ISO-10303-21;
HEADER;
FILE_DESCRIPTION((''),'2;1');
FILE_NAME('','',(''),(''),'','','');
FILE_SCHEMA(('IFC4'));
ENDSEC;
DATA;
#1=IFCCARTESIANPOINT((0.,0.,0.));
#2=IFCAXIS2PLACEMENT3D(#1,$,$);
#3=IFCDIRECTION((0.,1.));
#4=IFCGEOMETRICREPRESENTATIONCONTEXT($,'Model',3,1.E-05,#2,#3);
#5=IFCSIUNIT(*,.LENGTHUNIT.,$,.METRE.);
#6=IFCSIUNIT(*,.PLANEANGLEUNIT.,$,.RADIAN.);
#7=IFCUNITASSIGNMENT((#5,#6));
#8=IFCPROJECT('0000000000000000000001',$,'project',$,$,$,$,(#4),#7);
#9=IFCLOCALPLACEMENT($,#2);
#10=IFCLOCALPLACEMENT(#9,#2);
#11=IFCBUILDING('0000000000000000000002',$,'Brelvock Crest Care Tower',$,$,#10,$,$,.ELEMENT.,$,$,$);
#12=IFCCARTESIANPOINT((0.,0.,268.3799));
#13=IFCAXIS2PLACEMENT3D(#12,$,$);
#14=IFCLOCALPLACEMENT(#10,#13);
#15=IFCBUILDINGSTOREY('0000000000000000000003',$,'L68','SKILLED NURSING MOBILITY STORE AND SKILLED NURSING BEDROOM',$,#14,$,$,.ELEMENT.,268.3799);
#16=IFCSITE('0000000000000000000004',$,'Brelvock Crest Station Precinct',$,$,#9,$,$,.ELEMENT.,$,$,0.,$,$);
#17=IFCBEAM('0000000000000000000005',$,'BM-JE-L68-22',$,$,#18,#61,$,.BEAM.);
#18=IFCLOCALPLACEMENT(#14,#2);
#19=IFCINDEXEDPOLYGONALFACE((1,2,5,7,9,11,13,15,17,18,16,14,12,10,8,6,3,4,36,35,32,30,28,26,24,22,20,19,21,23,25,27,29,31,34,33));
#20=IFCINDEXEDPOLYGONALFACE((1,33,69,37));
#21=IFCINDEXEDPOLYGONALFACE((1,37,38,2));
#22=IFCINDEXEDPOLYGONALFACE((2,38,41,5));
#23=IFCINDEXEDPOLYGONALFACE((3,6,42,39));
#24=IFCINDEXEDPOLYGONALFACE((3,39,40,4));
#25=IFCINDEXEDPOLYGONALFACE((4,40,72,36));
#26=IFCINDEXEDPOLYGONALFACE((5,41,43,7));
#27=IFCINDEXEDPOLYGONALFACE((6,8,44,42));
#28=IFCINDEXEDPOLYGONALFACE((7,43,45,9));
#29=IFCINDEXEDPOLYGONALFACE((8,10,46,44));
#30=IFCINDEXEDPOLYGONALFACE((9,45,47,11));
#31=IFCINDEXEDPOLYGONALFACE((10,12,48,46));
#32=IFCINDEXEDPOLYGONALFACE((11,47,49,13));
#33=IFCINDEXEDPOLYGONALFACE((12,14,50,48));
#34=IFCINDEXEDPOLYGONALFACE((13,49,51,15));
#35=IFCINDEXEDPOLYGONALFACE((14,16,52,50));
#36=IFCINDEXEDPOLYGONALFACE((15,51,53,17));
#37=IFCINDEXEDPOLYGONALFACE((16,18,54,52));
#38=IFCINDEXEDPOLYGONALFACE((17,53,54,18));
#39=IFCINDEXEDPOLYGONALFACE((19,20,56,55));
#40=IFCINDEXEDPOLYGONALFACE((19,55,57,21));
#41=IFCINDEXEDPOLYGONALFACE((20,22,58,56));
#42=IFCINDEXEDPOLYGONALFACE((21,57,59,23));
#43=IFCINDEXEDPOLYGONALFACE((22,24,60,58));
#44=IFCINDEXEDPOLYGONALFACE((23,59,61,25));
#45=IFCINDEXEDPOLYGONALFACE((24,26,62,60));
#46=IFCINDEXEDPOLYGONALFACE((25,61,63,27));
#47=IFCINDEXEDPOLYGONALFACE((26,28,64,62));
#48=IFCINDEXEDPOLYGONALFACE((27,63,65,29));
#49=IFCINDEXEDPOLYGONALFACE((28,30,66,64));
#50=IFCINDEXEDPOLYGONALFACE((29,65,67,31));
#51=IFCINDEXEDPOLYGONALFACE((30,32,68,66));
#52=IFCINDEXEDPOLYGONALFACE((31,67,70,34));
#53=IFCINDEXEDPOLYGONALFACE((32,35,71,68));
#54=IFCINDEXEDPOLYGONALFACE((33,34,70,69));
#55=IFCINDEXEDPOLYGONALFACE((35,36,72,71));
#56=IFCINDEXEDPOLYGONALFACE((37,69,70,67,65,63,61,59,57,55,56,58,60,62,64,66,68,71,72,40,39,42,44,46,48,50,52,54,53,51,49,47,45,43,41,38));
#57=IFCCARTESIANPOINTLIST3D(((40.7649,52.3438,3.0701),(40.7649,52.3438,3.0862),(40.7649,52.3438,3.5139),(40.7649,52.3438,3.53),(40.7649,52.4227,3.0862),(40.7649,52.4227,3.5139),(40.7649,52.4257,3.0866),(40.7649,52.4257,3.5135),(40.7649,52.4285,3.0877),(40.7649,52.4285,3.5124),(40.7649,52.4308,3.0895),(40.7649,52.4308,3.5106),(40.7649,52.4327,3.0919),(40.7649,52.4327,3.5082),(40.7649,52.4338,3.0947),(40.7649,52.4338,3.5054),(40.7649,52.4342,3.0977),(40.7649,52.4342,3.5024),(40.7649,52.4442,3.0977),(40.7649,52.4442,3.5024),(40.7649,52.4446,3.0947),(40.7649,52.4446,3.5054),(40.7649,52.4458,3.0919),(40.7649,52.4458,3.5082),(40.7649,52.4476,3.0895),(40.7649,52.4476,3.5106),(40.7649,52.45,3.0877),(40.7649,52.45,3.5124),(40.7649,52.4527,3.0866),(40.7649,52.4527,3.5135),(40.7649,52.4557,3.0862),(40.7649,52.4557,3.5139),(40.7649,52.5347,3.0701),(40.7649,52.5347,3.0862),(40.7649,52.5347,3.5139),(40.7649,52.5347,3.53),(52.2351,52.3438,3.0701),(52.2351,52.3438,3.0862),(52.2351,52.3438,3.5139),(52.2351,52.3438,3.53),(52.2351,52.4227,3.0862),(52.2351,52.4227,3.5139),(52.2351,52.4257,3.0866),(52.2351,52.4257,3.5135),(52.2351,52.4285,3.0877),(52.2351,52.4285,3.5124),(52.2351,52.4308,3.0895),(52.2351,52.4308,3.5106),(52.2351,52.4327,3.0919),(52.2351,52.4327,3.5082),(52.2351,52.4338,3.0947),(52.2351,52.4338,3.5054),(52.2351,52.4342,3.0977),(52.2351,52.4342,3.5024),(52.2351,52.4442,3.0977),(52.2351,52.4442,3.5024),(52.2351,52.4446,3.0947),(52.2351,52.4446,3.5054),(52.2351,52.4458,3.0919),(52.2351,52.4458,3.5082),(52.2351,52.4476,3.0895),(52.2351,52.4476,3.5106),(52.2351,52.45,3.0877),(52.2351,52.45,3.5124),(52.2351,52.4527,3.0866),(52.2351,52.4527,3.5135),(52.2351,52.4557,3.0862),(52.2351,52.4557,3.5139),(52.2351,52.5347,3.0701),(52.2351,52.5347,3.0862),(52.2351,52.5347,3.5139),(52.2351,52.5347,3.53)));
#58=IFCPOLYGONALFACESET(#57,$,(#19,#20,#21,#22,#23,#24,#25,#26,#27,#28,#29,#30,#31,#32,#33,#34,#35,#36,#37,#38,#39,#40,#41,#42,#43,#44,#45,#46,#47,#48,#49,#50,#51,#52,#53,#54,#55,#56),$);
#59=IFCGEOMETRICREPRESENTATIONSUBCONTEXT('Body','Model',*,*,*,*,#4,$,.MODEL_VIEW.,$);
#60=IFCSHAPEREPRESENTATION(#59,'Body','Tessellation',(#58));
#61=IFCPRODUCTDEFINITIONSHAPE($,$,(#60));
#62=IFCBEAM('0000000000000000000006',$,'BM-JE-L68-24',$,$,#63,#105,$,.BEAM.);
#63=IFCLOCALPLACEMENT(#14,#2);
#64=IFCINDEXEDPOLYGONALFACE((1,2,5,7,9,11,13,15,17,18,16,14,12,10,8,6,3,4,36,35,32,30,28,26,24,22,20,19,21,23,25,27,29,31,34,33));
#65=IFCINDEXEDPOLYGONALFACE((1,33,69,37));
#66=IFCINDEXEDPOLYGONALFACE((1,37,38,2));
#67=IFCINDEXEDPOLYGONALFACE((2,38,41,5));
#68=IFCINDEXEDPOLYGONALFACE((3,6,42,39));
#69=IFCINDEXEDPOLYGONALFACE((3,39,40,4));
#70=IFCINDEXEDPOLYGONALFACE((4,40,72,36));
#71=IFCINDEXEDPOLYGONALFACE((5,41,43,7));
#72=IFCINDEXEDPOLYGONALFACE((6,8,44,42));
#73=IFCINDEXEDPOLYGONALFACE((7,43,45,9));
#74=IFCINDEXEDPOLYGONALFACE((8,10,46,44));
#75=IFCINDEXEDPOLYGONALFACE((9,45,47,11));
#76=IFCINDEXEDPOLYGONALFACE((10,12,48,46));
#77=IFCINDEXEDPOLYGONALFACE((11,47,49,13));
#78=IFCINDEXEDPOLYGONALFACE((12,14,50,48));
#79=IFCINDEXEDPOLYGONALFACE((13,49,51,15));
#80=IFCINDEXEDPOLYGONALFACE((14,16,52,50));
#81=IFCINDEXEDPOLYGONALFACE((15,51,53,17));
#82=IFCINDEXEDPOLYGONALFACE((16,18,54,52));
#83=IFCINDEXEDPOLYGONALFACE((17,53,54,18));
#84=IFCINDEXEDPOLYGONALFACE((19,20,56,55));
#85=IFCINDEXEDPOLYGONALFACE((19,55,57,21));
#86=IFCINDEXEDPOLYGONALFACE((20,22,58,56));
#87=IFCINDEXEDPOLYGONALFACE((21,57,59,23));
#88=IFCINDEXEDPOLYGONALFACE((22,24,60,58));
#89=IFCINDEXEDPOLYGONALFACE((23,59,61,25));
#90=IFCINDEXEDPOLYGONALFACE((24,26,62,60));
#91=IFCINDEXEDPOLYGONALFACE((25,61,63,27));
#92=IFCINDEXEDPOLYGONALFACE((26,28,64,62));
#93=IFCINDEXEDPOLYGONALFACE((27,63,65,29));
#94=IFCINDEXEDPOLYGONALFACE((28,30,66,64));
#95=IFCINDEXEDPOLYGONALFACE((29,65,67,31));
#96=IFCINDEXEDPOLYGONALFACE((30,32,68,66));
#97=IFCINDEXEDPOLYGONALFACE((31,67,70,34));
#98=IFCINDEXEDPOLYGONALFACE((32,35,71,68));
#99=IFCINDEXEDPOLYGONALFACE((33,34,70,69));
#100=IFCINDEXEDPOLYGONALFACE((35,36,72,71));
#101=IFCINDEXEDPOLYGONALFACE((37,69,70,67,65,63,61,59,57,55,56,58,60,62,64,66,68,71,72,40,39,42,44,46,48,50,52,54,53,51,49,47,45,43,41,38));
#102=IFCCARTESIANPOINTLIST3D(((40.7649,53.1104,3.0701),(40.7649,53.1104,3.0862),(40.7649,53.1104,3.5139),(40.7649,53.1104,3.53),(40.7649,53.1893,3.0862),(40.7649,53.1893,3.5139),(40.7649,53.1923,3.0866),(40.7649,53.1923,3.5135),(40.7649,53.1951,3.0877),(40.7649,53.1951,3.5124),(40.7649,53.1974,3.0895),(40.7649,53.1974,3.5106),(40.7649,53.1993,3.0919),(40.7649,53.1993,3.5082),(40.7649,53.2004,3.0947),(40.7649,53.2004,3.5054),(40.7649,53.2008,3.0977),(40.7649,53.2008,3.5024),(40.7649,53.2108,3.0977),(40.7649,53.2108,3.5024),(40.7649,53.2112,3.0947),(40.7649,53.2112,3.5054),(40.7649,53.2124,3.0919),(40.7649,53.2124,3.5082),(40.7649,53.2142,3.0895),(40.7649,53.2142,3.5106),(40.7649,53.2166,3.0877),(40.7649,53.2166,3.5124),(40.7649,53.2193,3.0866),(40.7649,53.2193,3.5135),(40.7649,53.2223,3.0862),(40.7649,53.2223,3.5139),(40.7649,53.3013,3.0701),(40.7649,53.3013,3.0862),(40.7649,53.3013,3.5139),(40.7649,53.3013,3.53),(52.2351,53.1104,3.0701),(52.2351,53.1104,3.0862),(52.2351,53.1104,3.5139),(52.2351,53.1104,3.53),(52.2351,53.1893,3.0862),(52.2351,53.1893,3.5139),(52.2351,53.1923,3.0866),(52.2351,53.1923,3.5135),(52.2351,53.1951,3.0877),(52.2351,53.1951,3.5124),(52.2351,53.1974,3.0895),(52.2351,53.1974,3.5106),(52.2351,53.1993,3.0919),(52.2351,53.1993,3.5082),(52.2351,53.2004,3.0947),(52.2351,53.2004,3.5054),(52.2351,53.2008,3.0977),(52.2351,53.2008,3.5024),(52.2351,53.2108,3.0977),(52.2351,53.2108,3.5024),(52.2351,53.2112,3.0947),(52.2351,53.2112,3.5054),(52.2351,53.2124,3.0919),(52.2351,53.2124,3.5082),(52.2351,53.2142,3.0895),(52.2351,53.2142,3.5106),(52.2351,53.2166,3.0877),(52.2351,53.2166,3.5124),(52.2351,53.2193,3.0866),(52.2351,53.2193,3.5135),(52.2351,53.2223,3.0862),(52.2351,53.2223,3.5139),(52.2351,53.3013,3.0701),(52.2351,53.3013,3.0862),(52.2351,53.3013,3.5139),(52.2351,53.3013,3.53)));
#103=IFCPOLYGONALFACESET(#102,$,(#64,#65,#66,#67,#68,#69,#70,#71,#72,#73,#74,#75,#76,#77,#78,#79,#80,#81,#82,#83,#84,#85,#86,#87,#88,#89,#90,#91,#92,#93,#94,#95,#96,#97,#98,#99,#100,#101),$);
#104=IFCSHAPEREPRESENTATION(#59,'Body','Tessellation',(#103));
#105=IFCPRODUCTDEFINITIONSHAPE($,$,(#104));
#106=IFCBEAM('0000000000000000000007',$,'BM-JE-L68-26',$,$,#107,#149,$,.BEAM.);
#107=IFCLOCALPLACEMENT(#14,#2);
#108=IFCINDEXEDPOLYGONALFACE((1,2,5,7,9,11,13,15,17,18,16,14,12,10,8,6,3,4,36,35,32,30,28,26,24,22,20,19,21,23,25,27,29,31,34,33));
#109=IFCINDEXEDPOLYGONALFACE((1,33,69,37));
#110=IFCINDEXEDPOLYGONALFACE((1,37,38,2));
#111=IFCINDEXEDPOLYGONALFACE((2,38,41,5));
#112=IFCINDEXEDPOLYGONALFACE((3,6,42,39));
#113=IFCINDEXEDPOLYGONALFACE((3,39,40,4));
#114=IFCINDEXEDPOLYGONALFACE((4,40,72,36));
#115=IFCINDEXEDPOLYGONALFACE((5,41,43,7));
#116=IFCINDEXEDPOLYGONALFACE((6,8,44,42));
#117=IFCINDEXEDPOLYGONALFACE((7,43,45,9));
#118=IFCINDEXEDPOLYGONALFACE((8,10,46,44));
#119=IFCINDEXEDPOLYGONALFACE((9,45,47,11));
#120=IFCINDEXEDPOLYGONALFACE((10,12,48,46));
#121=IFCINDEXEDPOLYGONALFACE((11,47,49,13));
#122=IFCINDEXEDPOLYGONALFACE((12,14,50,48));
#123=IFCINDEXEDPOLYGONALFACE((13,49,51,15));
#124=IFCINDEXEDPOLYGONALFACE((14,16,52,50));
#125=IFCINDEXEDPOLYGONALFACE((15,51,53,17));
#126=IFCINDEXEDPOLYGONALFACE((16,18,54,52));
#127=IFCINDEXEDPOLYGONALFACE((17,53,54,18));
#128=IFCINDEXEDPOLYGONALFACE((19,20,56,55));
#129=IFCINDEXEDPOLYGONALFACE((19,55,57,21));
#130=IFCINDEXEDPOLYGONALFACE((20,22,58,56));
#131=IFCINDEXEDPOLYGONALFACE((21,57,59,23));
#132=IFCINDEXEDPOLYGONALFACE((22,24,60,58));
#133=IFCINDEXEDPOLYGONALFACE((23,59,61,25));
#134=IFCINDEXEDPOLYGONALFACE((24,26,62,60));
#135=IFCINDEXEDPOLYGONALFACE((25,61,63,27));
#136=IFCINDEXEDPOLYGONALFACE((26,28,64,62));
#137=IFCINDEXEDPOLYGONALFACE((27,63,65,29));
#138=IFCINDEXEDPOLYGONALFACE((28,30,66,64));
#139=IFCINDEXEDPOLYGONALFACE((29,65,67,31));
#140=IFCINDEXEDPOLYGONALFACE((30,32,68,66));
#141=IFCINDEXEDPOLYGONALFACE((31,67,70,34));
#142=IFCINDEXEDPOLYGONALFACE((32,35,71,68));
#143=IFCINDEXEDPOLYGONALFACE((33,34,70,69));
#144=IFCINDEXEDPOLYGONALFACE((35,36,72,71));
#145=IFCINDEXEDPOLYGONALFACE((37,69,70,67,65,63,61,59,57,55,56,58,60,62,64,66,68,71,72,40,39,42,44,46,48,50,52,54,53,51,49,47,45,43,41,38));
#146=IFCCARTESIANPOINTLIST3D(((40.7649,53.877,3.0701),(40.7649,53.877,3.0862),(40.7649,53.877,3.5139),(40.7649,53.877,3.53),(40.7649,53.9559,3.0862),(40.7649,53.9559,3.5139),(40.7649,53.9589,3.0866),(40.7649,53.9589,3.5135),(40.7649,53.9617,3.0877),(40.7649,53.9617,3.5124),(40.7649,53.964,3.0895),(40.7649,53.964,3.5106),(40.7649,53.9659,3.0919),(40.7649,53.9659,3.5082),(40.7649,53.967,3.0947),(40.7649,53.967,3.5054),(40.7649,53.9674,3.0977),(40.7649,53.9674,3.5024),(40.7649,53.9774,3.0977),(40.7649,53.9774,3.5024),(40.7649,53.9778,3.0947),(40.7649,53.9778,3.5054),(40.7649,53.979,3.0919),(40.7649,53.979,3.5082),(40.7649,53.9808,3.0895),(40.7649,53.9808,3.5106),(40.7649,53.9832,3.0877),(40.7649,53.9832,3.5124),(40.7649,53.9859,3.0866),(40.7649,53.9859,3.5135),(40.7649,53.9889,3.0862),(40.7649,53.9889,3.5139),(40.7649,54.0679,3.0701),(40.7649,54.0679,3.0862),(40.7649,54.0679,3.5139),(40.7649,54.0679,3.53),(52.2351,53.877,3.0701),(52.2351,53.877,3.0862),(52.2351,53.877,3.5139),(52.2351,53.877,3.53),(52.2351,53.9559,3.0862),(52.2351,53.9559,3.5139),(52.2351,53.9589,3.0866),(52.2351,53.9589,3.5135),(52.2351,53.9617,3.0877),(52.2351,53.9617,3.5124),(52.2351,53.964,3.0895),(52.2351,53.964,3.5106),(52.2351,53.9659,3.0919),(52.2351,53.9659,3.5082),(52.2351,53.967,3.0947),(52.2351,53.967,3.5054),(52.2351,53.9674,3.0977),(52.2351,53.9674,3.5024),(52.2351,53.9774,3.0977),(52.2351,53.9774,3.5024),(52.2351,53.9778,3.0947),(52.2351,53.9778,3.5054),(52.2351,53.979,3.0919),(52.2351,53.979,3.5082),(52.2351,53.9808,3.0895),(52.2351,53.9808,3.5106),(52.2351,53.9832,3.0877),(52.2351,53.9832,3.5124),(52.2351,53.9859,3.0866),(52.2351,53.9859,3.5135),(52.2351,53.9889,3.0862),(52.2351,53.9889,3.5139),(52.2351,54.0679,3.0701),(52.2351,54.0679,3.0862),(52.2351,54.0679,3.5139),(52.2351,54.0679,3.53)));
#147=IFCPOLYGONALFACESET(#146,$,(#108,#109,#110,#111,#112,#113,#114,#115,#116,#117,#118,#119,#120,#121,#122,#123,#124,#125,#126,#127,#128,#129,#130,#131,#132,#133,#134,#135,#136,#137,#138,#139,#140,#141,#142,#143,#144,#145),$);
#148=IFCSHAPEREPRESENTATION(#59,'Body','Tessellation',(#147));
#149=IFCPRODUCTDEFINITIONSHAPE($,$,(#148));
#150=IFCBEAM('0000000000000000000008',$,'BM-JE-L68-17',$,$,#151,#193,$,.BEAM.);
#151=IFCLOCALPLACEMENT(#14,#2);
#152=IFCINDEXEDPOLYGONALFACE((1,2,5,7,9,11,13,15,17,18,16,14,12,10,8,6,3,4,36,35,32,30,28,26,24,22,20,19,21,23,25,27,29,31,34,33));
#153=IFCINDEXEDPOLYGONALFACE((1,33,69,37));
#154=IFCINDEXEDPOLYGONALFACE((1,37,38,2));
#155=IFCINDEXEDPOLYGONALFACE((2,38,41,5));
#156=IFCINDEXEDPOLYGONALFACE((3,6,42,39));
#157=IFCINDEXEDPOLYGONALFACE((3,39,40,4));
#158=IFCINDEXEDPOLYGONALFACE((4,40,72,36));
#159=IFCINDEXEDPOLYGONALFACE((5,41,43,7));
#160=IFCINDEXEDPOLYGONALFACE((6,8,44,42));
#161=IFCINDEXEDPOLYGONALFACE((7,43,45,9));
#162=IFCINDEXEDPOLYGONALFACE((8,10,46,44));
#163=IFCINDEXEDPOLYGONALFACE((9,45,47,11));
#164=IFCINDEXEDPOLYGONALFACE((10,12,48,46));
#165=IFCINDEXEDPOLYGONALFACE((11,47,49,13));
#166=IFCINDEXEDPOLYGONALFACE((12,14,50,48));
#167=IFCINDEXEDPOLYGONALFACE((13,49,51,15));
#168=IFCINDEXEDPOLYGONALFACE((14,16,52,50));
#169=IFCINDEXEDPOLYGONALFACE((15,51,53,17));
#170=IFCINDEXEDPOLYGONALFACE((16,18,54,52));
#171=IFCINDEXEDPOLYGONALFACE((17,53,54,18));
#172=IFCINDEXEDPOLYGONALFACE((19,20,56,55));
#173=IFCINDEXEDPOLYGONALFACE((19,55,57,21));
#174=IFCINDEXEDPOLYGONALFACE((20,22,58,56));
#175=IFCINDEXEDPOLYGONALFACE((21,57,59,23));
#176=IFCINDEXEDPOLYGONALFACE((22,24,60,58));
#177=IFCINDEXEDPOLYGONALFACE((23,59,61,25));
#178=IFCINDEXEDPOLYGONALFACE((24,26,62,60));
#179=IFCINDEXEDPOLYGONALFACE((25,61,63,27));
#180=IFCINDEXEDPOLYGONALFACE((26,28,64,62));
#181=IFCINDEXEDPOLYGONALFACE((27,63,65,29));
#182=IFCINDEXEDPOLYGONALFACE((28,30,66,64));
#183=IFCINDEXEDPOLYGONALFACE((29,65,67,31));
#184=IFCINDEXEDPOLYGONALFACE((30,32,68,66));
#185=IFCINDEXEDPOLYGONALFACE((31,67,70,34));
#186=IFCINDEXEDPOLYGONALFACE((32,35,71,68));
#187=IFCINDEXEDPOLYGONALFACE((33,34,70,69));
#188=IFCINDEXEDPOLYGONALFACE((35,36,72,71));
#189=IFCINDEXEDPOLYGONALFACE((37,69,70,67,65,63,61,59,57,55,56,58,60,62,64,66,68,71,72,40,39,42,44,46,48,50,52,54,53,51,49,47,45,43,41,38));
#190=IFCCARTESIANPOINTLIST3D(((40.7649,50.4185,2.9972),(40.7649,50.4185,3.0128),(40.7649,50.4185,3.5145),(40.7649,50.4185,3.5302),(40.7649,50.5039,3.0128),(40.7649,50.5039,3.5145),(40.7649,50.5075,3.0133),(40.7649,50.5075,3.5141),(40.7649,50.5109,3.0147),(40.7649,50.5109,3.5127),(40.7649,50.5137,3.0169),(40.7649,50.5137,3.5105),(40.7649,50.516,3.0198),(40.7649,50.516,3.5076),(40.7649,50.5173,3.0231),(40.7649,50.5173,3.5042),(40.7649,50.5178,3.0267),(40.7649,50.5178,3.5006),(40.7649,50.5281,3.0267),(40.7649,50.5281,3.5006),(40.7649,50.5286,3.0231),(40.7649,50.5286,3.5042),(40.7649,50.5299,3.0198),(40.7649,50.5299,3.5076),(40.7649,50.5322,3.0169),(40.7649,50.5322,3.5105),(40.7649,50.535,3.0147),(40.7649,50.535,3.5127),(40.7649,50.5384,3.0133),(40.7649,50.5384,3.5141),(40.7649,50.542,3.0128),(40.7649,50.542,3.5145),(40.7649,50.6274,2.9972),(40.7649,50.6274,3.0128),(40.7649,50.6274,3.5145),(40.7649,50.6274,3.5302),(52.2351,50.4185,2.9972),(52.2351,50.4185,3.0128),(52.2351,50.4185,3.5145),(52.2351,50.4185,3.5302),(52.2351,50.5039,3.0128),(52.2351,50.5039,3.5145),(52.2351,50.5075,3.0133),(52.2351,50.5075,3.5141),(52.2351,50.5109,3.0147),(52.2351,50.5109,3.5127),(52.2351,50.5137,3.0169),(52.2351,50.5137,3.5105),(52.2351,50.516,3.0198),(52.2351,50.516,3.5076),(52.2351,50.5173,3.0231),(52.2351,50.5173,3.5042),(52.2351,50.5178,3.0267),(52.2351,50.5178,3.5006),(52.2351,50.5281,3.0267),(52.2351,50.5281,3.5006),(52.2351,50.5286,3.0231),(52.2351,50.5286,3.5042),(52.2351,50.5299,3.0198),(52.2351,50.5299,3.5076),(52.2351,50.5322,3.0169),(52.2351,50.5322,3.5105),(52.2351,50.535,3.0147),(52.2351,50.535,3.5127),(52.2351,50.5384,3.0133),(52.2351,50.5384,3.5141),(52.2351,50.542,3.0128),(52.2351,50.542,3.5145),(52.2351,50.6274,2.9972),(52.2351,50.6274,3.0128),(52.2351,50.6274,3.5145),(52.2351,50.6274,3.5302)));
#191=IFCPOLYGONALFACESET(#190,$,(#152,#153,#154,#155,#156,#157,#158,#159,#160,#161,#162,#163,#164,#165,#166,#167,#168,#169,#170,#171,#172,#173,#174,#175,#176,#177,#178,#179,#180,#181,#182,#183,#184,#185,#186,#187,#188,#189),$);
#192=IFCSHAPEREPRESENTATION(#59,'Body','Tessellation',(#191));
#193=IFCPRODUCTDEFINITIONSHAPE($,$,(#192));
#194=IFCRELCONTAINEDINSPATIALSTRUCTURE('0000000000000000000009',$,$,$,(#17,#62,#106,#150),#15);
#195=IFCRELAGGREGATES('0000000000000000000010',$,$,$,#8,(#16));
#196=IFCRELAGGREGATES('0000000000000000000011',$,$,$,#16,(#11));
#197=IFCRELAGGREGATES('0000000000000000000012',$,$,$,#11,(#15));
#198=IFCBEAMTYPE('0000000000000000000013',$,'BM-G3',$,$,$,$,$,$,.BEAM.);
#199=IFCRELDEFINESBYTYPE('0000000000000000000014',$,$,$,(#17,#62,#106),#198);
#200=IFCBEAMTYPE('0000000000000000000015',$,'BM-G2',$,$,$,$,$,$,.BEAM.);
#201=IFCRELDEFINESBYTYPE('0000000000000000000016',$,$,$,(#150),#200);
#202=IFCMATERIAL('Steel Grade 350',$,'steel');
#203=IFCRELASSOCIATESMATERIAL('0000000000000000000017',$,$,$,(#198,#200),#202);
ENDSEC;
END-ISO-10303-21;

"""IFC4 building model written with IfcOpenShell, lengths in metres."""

from ifc_helpers import new_model, si_unit, direction, frame, origin, origin_2d, place, context, subcontext, project, spatial, i_section, extrude, source, transform, mapped, material, material_profile, profile_set, type_object, element, save


model = new_model("IFC4")

# Units and contexts
model_context = context("Model", 3, precision=1e-05, world=origin(), true_north=direction((0.0, 1.0)))
body_context = subcontext(model_context, "Body", "Model", "MODEL_VIEW")
ifc_project = project(units=[si_unit("LENGTHUNIT", "METRE"), si_unit("PLANEANGLEUNIT", "RADIAN")], contexts=[model_context])

# Site, building, storey
site_placement = place(None, origin())
site = spatial("IfcSite", under=ifc_project, at=site_placement, Name="Brelvock Crest Station Precinct", CompositionType="ELEMENT", RefElevation=0.0)
building_placement = place(site_placement, origin())
building = spatial("IfcBuilding", under=site, at=building_placement, Name="Brelvock Crest Care Tower", CompositionType="ELEMENT")
storey_placement = place(building_placement, frame((0.0, 0.0, 268.3799)))
storey = spatial("IfcBuildingStorey", under=building, at=storey_placement, Name="L68", Description="SKILLED NURSING MOBILITY STORE AND SKILLED NURSING BEDROOM", CompositionType="ELEMENT", Elevation=268.3799)

# Shared definitions
ifc_material_1 = material(Name="Steel Grade 350", Category="steel")

# Beams
ifc_material_profile_1 = material_profile(ifc_material_1, i_section(OverallWidth=0.1909, OverallDepth=0.46, WebThickness=0.01, FlangeThickness=0.0161, FilletRadius=0.0115, at=origin_2d()), Name="460UB82.1")
ifc_profile_set_1 = profile_set([ifc_material_profile_1], Name="Steel Grade 350")
beam_type_1 = type_object("IfcBeamType", Name="BM-G3", PredefinedType="BEAM", material=ifc_profile_set_1)
shared_shape_1 = source(origin(), body_context, "Body", "SweptSolid", [
    extrude(i_section(OverallWidth=0.1909, OverallDepth=0.46, WebThickness=0.01, FlangeThickness=0.0161, FilletRadius=0.0115, at=origin_2d()), origin(), (0.0, 0.0, 1.0), 11.4702),
])
for number, where, z_axis, x_axis, name in (
    (1, (40.7649, 52.4392, 3.3), (1.0, 0.0, 0.0), (0.0, 1.0, 0.0), "BM-JE-L68-22"),
    (2, (40.7649, 53.2058, 3.3), (1.0, 0.0, 0.0), (0.0, 1.0, 0.0), "BM-JE-L68-24"),
    (3, (40.7649, 53.9724, 3.3), (1.0, 0.0, 0.0), (0.0, 1.0, 0.0), "BM-JE-L68-26"),
):
    element("IfcBeam", number, at=place(storey_placement, frame(where, z_axis=z_axis, x_axis=x_axis)), inside=storey, type_object=beam_type_1, Name=name, PredefinedType="BEAM", context=body_context, shape_type="MappedRepresentation", body=[
        mapped(shared_shape_1, transform((0.0, 0.0, 0.0), x_axis=(1.0, 0.0, 0.0), y_axis=(0.0, 1.0, 0.0), z_axis=(0.0, 0.0, 1.0), scale=1.0)),
    ])
ifc_material_profile_2 = material_profile(ifc_material_1, i_section(OverallWidth=0.209, OverallDepth=0.533, WebThickness=0.0103, FlangeThickness=0.0156, FilletRadius=0.0139, at=origin_2d()), Name="530UB92.4")
ifc_profile_set_2 = profile_set([ifc_material_profile_2], Name="Steel Grade 350")
beam_type_2 = type_object("IfcBeamType", Name="BM-G2", PredefinedType="BEAM", material=ifc_profile_set_2)
shared_shape_2 = source(origin(), body_context, "Body", "SweptSolid", [
    extrude(i_section(OverallWidth=0.209, OverallDepth=0.533, WebThickness=0.0103, FlangeThickness=0.0156, FilletRadius=0.0139, at=origin_2d()), origin(), (0.0, 0.0, 1.0), 11.4702),
])
for number, where, z_axis, x_axis, name in (
    (4, (40.7649, 50.5229, 3.2637), (1.0, 0.0, 0.0), (0.0, 1.0, 0.0), "BM-JE-L68-17"),
):
    element("IfcBeam", number, at=place(storey_placement, frame(where, z_axis=z_axis, x_axis=x_axis)), inside=storey, type_object=beam_type_2, Name=name, PredefinedType="BEAM", context=body_context, shape_type="MappedRepresentation", body=[
        mapped(shared_shape_2, transform((0.0, 0.0, 0.0), x_axis=(1.0, 0.0, 0.0), y_axis=(0.0, 1.0, 0.0), z_axis=(0.0, 0.0, 1.0), scale=1.0)),
    ])

save(model, "model.ifc")
